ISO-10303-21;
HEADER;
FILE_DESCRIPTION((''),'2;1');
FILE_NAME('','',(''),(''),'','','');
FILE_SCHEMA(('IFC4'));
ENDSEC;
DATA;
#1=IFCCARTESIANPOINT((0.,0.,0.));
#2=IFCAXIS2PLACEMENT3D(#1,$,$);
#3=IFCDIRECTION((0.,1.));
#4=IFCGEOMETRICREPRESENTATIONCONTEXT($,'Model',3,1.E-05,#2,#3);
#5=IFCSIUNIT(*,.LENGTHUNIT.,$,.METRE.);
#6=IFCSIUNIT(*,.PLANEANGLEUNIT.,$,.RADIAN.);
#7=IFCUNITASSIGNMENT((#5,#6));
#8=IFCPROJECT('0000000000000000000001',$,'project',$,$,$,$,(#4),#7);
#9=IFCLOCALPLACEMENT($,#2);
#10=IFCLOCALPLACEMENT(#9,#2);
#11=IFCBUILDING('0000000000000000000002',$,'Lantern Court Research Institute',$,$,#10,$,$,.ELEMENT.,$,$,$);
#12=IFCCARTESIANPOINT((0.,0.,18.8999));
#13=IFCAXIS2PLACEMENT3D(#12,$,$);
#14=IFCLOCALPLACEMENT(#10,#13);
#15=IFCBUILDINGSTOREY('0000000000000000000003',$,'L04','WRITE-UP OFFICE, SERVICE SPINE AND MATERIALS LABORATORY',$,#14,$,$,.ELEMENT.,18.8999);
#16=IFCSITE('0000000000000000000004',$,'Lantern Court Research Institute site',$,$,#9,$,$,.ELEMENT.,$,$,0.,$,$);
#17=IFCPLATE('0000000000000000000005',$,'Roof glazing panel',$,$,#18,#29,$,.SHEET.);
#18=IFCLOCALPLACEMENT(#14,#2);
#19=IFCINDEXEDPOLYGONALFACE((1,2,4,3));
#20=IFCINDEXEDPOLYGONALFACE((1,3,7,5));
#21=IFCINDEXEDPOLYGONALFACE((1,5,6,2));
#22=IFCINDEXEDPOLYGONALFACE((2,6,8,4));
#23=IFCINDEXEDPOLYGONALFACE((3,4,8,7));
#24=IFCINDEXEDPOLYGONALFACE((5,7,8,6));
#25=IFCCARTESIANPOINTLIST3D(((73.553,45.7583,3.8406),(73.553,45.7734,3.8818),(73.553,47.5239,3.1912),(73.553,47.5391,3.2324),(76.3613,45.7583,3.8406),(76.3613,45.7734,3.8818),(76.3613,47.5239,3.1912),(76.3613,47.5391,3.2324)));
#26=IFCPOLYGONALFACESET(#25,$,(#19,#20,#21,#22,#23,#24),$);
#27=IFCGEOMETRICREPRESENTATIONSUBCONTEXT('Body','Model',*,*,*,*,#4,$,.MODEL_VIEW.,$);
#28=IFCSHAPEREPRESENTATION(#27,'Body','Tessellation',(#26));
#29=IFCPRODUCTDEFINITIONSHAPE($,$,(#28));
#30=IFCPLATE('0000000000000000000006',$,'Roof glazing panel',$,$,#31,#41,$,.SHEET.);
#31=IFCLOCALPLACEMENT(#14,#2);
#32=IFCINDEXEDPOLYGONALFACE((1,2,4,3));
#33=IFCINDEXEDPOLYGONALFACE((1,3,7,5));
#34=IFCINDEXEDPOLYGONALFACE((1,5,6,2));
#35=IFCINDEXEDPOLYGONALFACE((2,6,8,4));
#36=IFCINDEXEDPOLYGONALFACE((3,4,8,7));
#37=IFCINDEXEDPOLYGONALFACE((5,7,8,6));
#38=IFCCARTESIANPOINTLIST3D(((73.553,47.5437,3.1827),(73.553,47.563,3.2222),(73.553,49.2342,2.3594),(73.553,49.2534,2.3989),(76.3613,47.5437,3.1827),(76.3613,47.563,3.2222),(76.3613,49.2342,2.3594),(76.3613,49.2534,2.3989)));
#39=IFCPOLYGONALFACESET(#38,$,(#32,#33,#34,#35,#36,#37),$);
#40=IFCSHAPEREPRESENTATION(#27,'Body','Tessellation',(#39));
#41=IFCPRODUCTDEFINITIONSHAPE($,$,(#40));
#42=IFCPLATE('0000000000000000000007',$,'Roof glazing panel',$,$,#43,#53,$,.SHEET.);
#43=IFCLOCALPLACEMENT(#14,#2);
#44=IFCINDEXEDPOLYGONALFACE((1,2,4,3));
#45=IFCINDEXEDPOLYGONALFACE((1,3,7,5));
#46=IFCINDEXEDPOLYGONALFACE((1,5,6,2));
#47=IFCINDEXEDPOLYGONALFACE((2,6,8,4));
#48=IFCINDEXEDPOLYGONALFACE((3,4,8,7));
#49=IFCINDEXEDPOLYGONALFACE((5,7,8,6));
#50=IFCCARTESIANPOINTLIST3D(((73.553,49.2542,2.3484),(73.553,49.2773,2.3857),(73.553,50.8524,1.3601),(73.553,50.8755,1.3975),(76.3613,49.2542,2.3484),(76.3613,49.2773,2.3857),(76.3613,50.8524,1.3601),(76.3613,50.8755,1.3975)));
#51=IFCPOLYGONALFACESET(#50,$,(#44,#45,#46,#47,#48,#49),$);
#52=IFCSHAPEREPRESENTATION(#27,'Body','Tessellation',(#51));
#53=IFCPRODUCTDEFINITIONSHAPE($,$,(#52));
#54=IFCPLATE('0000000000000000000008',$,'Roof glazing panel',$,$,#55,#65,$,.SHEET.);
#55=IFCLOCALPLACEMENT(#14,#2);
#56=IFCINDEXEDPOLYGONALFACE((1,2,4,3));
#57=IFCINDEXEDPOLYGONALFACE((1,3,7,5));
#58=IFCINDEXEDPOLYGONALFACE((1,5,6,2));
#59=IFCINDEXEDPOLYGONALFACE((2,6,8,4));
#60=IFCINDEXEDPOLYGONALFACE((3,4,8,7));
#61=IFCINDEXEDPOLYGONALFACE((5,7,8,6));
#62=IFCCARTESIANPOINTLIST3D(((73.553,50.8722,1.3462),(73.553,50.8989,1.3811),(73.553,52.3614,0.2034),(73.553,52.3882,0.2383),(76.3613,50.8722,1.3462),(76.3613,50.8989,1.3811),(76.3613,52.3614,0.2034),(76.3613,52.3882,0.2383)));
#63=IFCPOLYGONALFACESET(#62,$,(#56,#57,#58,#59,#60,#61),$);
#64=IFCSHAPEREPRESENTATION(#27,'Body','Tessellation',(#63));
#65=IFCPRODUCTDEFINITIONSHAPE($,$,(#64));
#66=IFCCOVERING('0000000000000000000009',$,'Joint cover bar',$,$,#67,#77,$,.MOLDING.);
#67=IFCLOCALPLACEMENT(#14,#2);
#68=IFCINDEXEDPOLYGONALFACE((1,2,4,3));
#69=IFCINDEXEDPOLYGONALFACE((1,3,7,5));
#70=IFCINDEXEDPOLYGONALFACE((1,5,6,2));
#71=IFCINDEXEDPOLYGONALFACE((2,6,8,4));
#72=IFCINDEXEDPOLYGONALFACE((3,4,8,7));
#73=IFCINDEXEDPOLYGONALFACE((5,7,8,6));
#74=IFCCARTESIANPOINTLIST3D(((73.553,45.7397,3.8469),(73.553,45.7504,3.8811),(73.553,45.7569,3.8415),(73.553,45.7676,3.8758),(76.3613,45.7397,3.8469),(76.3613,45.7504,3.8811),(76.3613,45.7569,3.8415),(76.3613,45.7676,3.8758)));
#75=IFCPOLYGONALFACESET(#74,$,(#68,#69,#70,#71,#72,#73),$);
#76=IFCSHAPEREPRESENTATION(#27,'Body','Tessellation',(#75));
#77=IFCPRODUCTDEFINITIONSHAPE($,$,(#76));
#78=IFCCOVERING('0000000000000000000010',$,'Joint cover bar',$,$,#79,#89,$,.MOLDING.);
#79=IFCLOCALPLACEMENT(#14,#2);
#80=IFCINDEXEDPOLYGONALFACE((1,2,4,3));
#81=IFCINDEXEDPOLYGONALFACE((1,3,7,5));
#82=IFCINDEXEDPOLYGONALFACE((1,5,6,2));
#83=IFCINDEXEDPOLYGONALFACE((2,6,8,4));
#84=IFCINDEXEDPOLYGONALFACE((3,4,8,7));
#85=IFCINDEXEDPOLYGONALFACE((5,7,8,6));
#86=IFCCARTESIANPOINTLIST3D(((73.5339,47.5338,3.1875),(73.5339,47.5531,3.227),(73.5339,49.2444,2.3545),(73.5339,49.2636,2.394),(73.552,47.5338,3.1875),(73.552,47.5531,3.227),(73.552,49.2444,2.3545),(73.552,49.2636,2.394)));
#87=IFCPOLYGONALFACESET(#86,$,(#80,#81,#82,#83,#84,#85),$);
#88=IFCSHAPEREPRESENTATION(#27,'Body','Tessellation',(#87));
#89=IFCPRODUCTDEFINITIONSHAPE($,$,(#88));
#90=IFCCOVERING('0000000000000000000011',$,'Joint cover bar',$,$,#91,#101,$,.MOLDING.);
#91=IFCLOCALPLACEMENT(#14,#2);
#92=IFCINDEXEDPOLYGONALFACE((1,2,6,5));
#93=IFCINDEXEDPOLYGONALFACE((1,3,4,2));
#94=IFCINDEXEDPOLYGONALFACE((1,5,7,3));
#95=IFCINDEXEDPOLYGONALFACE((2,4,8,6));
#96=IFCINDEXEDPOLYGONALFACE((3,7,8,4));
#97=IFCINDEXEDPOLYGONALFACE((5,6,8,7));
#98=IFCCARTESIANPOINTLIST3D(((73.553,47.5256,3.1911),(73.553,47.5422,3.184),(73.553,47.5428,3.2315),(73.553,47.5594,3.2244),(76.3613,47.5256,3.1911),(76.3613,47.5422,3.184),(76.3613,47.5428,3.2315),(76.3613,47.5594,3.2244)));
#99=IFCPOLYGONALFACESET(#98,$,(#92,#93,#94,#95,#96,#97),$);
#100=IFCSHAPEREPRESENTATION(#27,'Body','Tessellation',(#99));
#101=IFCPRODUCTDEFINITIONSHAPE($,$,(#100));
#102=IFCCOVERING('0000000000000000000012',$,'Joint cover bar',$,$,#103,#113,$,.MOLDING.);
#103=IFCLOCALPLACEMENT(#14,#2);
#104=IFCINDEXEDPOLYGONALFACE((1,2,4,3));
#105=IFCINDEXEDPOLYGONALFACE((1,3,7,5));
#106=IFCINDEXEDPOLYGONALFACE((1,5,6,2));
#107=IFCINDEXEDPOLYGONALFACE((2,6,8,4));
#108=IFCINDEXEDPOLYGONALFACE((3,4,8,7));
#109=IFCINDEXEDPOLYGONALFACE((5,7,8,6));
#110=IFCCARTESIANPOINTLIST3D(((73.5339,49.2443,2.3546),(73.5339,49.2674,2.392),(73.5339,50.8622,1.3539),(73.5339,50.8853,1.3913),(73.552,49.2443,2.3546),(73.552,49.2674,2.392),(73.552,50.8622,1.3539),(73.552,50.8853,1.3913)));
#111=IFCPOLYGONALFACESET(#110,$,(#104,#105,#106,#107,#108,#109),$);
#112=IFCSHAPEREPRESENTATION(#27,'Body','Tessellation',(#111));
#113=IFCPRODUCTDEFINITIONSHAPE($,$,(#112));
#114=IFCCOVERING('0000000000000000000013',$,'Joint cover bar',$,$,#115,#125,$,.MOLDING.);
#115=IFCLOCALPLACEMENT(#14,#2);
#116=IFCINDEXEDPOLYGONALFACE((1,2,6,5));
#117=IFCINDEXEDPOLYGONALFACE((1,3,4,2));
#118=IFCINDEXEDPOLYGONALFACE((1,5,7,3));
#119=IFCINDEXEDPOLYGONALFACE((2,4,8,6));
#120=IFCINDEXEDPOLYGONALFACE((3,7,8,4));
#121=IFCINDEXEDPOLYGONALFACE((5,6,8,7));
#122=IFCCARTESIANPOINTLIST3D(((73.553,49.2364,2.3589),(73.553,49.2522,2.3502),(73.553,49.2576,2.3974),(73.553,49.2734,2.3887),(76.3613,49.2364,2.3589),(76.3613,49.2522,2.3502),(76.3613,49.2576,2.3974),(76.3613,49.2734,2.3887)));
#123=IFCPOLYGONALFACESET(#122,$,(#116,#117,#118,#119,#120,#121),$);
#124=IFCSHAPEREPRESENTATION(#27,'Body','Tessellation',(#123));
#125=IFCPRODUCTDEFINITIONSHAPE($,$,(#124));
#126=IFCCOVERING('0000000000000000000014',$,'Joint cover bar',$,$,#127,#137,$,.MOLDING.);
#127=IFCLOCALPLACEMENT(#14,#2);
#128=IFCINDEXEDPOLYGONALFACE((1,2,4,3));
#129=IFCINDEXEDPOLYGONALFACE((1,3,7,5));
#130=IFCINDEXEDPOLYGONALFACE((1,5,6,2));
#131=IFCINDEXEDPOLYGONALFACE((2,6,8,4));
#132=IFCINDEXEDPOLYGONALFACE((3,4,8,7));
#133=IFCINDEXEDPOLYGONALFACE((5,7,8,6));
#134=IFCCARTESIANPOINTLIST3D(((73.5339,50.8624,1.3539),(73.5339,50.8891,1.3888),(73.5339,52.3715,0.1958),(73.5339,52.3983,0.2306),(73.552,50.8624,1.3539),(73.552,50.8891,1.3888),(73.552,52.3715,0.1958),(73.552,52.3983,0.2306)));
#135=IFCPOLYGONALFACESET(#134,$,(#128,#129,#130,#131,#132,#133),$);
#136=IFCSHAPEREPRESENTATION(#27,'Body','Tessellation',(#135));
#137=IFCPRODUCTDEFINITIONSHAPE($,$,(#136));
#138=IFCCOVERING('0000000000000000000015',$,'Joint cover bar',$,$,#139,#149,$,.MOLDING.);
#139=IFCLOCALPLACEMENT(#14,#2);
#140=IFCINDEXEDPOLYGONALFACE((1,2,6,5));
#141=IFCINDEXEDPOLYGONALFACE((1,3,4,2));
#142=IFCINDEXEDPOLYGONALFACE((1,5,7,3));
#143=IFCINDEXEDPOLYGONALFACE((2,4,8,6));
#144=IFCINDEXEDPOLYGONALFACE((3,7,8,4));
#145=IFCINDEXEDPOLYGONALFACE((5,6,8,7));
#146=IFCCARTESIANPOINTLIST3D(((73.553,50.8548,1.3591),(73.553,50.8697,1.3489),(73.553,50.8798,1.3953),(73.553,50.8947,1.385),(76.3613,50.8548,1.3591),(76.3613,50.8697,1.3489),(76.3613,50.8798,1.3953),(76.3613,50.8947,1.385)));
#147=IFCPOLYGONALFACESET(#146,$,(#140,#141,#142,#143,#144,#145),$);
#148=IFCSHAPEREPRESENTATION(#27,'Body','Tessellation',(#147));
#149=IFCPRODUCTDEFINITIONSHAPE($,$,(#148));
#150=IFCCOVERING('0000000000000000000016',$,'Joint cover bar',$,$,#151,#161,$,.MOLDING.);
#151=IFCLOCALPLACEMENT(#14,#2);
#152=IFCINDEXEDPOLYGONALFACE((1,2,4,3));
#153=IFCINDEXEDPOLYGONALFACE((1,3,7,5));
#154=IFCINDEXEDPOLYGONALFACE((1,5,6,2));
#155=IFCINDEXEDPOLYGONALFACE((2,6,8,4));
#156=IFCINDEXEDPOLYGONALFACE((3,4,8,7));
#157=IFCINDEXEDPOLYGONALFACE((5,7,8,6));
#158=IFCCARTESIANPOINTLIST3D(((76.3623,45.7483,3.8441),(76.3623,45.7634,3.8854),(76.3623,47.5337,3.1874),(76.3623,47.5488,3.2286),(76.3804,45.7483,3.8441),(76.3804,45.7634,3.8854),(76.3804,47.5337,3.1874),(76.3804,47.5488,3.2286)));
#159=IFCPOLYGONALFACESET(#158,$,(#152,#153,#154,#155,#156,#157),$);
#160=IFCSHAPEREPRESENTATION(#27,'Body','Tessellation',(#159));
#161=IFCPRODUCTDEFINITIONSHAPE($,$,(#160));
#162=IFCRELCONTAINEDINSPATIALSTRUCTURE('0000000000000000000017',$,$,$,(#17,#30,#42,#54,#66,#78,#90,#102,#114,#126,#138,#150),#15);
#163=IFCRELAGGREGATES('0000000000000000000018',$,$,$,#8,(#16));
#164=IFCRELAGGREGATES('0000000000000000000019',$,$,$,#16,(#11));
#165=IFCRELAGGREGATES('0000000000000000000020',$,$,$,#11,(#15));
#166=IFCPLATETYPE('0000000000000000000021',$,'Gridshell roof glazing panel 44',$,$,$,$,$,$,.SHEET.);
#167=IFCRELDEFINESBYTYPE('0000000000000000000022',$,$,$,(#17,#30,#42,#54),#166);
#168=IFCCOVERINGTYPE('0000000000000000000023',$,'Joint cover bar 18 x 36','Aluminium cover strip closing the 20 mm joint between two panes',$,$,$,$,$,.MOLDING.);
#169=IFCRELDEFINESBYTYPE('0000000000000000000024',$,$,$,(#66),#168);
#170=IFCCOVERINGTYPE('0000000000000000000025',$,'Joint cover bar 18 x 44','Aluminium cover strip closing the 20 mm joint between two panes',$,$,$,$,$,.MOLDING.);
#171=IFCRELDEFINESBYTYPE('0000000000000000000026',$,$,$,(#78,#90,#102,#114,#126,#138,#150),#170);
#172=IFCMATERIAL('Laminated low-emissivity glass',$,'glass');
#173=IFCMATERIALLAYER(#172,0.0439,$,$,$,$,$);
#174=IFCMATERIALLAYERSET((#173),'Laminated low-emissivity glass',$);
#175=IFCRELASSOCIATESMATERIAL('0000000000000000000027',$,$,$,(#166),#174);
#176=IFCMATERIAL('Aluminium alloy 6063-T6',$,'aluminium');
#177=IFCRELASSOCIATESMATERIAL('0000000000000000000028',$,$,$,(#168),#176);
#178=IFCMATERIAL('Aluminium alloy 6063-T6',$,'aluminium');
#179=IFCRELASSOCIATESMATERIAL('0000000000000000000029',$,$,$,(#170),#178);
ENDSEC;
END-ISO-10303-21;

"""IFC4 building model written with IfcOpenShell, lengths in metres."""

from ifc_helpers import new_model, si_unit, direction, frame, origin, origin_2d, place, context, subcontext, project, spatial, polyline, rectangle, outline, extrude, material, layer, layer_set, material_profile, profile_set, type_object, element, save


model = new_model("IFC4")

# Units and contexts
model_context = context("Model", 3, precision=1e-05, world=origin(), true_north=direction((0.0, 1.0)))
body_context = subcontext(model_context, "Body", "Model", "MODEL_VIEW")
ifc_project = project(units=[si_unit("LENGTHUNIT", "METRE"), si_unit("PLANEANGLEUNIT", "RADIAN")], contexts=[model_context])

# Site, building, storey
site_placement = place(None, origin())
site = spatial("IfcSite", under=ifc_project, at=site_placement, Name="Lantern Court Research Institute site", CompositionType="ELEMENT", RefElevation=0.0)
building_placement = place(site_placement, origin())
building = spatial("IfcBuilding", under=site, at=building_placement, Name="Lantern Court Research Institute", CompositionType="ELEMENT")
storey_placement = place(building_placement, frame((0.0, 0.0, 18.8999)))
storey = spatial("IfcBuildingStorey", under=building, at=storey_placement, Name="L04", Description="WRITE-UP OFFICE, SERVICE SPINE AND MATERIALS LABORATORY", CompositionType="ELEMENT", Elevation=18.8999)

# Plates
ifc_material_1 = material(Name="Laminated low-emissivity glass", Category="glass")
ifc_layer = layer(ifc_material_1, 0.0439)
ifc_layer_set = layer_set([ifc_layer], Name="Laminated low-emissivity glass")
plate_type = type_object("IfcPlateType", Name="Gridshell roof glazing panel 44", PredefinedType="SHEET", material=ifc_layer_set)
plate_1_placement = place(storey_placement, frame((76.3613, 45.7734, 3.8818), z_axis=(0.0, 0.3452, 0.938529), x_axis=(-1.0, 0.0, 0.0)))
element("IfcPlate", 1, at=plate_1_placement, inside=storey, type_object=plate_type, Name="Roof glazing panel", PredefinedType="SHEET", context=body_context, shape_type="SweptSolid", body=[
    extrude(outline(polyline([(0.0, 0.0), (2.8083, 0.0), (2.8083, -1.8813), (0.0, -1.8813), (0.0, 0.0)])), origin(), (0.0, 0.0, -1.0), 0.0439),
])
plate_2_placement = place(storey_placement, frame((76.3613, 47.563, 3.2222), z_axis=(0.0, 0.43784, 0.899053), x_axis=(-1.0, 0.0, 0.0)))
element("IfcPlate", 2, at=plate_2_placement, inside=storey, type_object=plate_type, Name="Roof glazing panel", PredefinedType="SHEET", context=body_context, shape_type="SweptSolid", body=[
    extrude(outline(polyline([(0.0, 0.0), (2.8083, 0.0), (2.8083, -1.8802), (0.0, -1.8802), (0.0, 0.0)])), origin(), (0.0, 0.0, -1.0), 0.0439),
])
plate_3_placement = place(storey_placement, frame((76.3613, 49.2773, 2.3857), z_axis=(0.0, 0.525952, 0.850514), x_axis=(-1.0, 0.0, 0.0)))
element("IfcPlate", 3, at=plate_3_placement, inside=storey, type_object=plate_type, Name="Roof glazing panel", PredefinedType="SHEET", context=body_context, shape_type="SweptSolid", body=[
    extrude(outline(polyline([(0.0, 0.0), (2.8083, 0.0), (2.8083, -1.879), (0.0, -1.879), (0.0, 0.0)])), origin(), (0.0, 0.0, -1.0), 0.0439),
])
plate_4_placement = place(storey_placement, frame((76.3613, 50.8989, 1.3811), z_axis=(0.0, 0.608786, 0.793334), x_axis=(-1.0, 0.0, 0.0)))
element("IfcPlate", 4, at=plate_4_placement, inside=storey, type_object=plate_type, Name="Roof glazing panel", PredefinedType="SHEET", context=body_context, shape_type="SweptSolid", body=[
    extrude(outline(polyline([(0.0, 0.0), (2.8083, 0.0), (2.8083, -1.8772), (0.0, -1.8772), (0.0, 0.0)])), origin(), (0.0, 0.0, -1.0), 0.0439),
])

# Coverings
ifc_material_2 = material(Name="Aluminium alloy 6063-T6", Category="aluminium")
ifc_material_profile_1 = material_profile(ifc_material_2, rectangle(XDim=0.0181, YDim=0.0359, at=origin_2d()), Name="Joint cover bar 18 x 36")
ifc_profile_set_1 = profile_set([ifc_material_profile_1], Name="Aluminium alloy 6063-T6")
covering_type_1 = type_object("IfcCoveringType", Name="Joint cover bar 18 x 36", Description="Aluminium cover strip closing the 20 mm joint between two panes", PredefinedType="MOLDING", material=ifc_profile_set_1)
covering_1_placement = place(storey_placement, frame((73.553, 45.7537, 3.8613), z_axis=(1.0, 0.0, 0.0), x_axis=(0.0, 0.954713, -0.297528)))
element("IfcCovering", 5, at=covering_1_placement, inside=storey, type_object=covering_type_1, Name="Joint cover bar", PredefinedType="MOLDING", context=body_context, shape_type="SweptSolid", body=[
    extrude(rectangle(XDim=0.0181, YDim=0.0359, at=origin_2d()), origin(), (0.0, 0.0, 1.0), 2.8083),
])
ifc_material_3 = material(Name="Aluminium alloy 6063-T6", Category="aluminium")
ifc_material_profile_2 = material_profile(ifc_material_3, rectangle(XDim=0.0181, YDim=0.0439, at=origin_2d()), Name="Joint cover bar 18 x 44")
ifc_profile_set_2 = profile_set([ifc_material_profile_2], Name="Aluminium alloy 6063-T6")
covering_type_2 = type_object("IfcCoveringType", Name="Joint cover bar 18 x 44", Description="Aluminium cover strip closing the 20 mm joint between two panes", PredefinedType="MOLDING", material=ifc_profile_set_2)
covering_2_placement = place(storey_placement, frame((73.543, 47.5435, 3.2073), z_axis=(0.0, 0.899049, -0.437847), x_axis=(-1.0, 0.0, 0.0)))
element("IfcCovering", 6, at=covering_2_placement, inside=storey, type_object=covering_type_2, Name="Joint cover bar", PredefinedType="MOLDING", context=body_context, shape_type="SweptSolid", body=[
    extrude(rectangle(XDim=0.0181, YDim=0.0439, at=origin_2d()), origin(), (0.0, 0.0, 1.0), 1.9026),
])
covering_3_placement = place(storey_placement, frame((73.553, 47.5425, 3.2078), z_axis=(1.0, 0.0, 0.0), x_axis=(0.0, 0.919966, -0.391999)))
element("IfcCovering", 7, at=covering_3_placement, inside=storey, type_object=covering_type_2, Name="Joint cover bar", PredefinedType="MOLDING", context=body_context, shape_type="SweptSolid", body=[
    extrude(rectangle(XDim=0.0181, YDim=0.0439, at=origin_2d()), origin(), (0.0, 0.0, 1.0), 2.8083),
])
covering_4_placement = place(storey_placement, frame((73.543, 49.2559, 2.3733), z_axis=(0.0, 0.850462, -0.526036), x_axis=(-1.0, 0.0, 0.0)))
element("IfcCovering", 8, at=covering_4_placement, inside=storey, type_object=covering_type_2, Name="Joint cover bar", PredefinedType="MOLDING", context=body_context, shape_type="SweptSolid", body=[
    extrude(rectangle(XDim=0.0181, YDim=0.0439, at=origin_2d()), origin(), (0.0, 0.0, 1.0), 1.9023),
])
covering_5_placement = place(storey_placement, frame((73.553, 49.2549, 2.3738), z_axis=(1.0, 0.0, 0.0), x_axis=(0.0, 0.875897, -0.482497)))
element("IfcCovering", 9, at=covering_5_placement, inside=storey, type_object=covering_type_2, Name="Joint cover bar", PredefinedType="MOLDING", context=body_context, shape_type="SweptSolid", body=[
    extrude(rectangle(XDim=0.0181, YDim=0.0439, at=origin_2d()), origin(), (0.0, 0.0, 1.0), 2.8083),
])
covering_6_placement = place(storey_placement, frame((73.543, 50.8757, 1.3713), z_axis=(0.0, 0.79333, -0.608792), x_axis=(-1.0, 0.0, 0.0)))
element("IfcCovering", 10, at=covering_6_placement, inside=storey, type_object=covering_type_2, Name="Joint cover bar", PredefinedType="MOLDING", context=body_context, shape_type="SweptSolid", body=[
    extrude(rectangle(XDim=0.0181, YDim=0.0439, at=origin_2d()), origin(), (0.0, 0.0, 1.0), 1.9023),
])
covering_7_placement = place(storey_placement, frame((73.553, 50.8748, 1.3721), z_axis=(1.0, 0.0, 0.0), x_axis=(0.0, 0.822954, -0.568108)))
element("IfcCovering", 11, at=covering_7_placement, inside=storey, type_object=covering_type_2, Name="Joint cover bar", PredefinedType="MOLDING", context=body_context, shape_type="SweptSolid", body=[
    extrude(rectangle(XDim=0.0181, YDim=0.0439, at=origin_2d()), origin(), (0.0, 0.0, 1.0), 2.8083),
])
covering_8_placement = place(storey_placement, frame((76.3713, 45.7559, 3.8647), z_axis=(0.0, 0.93852, -0.345224), x_axis=(-1.0, 0.0, 0.0)))
element("IfcCovering", 12, at=covering_8_placement, inside=storey, type_object=covering_type_2, Name="Joint cover bar", PredefinedType="MOLDING", context=body_context, shape_type="SweptSolid", body=[
    extrude(rectangle(XDim=0.0181, YDim=0.0439, at=origin_2d()), origin(), (0.0, 0.0, 1.0), 1.9023),
])

save(model, "model.ifc")
